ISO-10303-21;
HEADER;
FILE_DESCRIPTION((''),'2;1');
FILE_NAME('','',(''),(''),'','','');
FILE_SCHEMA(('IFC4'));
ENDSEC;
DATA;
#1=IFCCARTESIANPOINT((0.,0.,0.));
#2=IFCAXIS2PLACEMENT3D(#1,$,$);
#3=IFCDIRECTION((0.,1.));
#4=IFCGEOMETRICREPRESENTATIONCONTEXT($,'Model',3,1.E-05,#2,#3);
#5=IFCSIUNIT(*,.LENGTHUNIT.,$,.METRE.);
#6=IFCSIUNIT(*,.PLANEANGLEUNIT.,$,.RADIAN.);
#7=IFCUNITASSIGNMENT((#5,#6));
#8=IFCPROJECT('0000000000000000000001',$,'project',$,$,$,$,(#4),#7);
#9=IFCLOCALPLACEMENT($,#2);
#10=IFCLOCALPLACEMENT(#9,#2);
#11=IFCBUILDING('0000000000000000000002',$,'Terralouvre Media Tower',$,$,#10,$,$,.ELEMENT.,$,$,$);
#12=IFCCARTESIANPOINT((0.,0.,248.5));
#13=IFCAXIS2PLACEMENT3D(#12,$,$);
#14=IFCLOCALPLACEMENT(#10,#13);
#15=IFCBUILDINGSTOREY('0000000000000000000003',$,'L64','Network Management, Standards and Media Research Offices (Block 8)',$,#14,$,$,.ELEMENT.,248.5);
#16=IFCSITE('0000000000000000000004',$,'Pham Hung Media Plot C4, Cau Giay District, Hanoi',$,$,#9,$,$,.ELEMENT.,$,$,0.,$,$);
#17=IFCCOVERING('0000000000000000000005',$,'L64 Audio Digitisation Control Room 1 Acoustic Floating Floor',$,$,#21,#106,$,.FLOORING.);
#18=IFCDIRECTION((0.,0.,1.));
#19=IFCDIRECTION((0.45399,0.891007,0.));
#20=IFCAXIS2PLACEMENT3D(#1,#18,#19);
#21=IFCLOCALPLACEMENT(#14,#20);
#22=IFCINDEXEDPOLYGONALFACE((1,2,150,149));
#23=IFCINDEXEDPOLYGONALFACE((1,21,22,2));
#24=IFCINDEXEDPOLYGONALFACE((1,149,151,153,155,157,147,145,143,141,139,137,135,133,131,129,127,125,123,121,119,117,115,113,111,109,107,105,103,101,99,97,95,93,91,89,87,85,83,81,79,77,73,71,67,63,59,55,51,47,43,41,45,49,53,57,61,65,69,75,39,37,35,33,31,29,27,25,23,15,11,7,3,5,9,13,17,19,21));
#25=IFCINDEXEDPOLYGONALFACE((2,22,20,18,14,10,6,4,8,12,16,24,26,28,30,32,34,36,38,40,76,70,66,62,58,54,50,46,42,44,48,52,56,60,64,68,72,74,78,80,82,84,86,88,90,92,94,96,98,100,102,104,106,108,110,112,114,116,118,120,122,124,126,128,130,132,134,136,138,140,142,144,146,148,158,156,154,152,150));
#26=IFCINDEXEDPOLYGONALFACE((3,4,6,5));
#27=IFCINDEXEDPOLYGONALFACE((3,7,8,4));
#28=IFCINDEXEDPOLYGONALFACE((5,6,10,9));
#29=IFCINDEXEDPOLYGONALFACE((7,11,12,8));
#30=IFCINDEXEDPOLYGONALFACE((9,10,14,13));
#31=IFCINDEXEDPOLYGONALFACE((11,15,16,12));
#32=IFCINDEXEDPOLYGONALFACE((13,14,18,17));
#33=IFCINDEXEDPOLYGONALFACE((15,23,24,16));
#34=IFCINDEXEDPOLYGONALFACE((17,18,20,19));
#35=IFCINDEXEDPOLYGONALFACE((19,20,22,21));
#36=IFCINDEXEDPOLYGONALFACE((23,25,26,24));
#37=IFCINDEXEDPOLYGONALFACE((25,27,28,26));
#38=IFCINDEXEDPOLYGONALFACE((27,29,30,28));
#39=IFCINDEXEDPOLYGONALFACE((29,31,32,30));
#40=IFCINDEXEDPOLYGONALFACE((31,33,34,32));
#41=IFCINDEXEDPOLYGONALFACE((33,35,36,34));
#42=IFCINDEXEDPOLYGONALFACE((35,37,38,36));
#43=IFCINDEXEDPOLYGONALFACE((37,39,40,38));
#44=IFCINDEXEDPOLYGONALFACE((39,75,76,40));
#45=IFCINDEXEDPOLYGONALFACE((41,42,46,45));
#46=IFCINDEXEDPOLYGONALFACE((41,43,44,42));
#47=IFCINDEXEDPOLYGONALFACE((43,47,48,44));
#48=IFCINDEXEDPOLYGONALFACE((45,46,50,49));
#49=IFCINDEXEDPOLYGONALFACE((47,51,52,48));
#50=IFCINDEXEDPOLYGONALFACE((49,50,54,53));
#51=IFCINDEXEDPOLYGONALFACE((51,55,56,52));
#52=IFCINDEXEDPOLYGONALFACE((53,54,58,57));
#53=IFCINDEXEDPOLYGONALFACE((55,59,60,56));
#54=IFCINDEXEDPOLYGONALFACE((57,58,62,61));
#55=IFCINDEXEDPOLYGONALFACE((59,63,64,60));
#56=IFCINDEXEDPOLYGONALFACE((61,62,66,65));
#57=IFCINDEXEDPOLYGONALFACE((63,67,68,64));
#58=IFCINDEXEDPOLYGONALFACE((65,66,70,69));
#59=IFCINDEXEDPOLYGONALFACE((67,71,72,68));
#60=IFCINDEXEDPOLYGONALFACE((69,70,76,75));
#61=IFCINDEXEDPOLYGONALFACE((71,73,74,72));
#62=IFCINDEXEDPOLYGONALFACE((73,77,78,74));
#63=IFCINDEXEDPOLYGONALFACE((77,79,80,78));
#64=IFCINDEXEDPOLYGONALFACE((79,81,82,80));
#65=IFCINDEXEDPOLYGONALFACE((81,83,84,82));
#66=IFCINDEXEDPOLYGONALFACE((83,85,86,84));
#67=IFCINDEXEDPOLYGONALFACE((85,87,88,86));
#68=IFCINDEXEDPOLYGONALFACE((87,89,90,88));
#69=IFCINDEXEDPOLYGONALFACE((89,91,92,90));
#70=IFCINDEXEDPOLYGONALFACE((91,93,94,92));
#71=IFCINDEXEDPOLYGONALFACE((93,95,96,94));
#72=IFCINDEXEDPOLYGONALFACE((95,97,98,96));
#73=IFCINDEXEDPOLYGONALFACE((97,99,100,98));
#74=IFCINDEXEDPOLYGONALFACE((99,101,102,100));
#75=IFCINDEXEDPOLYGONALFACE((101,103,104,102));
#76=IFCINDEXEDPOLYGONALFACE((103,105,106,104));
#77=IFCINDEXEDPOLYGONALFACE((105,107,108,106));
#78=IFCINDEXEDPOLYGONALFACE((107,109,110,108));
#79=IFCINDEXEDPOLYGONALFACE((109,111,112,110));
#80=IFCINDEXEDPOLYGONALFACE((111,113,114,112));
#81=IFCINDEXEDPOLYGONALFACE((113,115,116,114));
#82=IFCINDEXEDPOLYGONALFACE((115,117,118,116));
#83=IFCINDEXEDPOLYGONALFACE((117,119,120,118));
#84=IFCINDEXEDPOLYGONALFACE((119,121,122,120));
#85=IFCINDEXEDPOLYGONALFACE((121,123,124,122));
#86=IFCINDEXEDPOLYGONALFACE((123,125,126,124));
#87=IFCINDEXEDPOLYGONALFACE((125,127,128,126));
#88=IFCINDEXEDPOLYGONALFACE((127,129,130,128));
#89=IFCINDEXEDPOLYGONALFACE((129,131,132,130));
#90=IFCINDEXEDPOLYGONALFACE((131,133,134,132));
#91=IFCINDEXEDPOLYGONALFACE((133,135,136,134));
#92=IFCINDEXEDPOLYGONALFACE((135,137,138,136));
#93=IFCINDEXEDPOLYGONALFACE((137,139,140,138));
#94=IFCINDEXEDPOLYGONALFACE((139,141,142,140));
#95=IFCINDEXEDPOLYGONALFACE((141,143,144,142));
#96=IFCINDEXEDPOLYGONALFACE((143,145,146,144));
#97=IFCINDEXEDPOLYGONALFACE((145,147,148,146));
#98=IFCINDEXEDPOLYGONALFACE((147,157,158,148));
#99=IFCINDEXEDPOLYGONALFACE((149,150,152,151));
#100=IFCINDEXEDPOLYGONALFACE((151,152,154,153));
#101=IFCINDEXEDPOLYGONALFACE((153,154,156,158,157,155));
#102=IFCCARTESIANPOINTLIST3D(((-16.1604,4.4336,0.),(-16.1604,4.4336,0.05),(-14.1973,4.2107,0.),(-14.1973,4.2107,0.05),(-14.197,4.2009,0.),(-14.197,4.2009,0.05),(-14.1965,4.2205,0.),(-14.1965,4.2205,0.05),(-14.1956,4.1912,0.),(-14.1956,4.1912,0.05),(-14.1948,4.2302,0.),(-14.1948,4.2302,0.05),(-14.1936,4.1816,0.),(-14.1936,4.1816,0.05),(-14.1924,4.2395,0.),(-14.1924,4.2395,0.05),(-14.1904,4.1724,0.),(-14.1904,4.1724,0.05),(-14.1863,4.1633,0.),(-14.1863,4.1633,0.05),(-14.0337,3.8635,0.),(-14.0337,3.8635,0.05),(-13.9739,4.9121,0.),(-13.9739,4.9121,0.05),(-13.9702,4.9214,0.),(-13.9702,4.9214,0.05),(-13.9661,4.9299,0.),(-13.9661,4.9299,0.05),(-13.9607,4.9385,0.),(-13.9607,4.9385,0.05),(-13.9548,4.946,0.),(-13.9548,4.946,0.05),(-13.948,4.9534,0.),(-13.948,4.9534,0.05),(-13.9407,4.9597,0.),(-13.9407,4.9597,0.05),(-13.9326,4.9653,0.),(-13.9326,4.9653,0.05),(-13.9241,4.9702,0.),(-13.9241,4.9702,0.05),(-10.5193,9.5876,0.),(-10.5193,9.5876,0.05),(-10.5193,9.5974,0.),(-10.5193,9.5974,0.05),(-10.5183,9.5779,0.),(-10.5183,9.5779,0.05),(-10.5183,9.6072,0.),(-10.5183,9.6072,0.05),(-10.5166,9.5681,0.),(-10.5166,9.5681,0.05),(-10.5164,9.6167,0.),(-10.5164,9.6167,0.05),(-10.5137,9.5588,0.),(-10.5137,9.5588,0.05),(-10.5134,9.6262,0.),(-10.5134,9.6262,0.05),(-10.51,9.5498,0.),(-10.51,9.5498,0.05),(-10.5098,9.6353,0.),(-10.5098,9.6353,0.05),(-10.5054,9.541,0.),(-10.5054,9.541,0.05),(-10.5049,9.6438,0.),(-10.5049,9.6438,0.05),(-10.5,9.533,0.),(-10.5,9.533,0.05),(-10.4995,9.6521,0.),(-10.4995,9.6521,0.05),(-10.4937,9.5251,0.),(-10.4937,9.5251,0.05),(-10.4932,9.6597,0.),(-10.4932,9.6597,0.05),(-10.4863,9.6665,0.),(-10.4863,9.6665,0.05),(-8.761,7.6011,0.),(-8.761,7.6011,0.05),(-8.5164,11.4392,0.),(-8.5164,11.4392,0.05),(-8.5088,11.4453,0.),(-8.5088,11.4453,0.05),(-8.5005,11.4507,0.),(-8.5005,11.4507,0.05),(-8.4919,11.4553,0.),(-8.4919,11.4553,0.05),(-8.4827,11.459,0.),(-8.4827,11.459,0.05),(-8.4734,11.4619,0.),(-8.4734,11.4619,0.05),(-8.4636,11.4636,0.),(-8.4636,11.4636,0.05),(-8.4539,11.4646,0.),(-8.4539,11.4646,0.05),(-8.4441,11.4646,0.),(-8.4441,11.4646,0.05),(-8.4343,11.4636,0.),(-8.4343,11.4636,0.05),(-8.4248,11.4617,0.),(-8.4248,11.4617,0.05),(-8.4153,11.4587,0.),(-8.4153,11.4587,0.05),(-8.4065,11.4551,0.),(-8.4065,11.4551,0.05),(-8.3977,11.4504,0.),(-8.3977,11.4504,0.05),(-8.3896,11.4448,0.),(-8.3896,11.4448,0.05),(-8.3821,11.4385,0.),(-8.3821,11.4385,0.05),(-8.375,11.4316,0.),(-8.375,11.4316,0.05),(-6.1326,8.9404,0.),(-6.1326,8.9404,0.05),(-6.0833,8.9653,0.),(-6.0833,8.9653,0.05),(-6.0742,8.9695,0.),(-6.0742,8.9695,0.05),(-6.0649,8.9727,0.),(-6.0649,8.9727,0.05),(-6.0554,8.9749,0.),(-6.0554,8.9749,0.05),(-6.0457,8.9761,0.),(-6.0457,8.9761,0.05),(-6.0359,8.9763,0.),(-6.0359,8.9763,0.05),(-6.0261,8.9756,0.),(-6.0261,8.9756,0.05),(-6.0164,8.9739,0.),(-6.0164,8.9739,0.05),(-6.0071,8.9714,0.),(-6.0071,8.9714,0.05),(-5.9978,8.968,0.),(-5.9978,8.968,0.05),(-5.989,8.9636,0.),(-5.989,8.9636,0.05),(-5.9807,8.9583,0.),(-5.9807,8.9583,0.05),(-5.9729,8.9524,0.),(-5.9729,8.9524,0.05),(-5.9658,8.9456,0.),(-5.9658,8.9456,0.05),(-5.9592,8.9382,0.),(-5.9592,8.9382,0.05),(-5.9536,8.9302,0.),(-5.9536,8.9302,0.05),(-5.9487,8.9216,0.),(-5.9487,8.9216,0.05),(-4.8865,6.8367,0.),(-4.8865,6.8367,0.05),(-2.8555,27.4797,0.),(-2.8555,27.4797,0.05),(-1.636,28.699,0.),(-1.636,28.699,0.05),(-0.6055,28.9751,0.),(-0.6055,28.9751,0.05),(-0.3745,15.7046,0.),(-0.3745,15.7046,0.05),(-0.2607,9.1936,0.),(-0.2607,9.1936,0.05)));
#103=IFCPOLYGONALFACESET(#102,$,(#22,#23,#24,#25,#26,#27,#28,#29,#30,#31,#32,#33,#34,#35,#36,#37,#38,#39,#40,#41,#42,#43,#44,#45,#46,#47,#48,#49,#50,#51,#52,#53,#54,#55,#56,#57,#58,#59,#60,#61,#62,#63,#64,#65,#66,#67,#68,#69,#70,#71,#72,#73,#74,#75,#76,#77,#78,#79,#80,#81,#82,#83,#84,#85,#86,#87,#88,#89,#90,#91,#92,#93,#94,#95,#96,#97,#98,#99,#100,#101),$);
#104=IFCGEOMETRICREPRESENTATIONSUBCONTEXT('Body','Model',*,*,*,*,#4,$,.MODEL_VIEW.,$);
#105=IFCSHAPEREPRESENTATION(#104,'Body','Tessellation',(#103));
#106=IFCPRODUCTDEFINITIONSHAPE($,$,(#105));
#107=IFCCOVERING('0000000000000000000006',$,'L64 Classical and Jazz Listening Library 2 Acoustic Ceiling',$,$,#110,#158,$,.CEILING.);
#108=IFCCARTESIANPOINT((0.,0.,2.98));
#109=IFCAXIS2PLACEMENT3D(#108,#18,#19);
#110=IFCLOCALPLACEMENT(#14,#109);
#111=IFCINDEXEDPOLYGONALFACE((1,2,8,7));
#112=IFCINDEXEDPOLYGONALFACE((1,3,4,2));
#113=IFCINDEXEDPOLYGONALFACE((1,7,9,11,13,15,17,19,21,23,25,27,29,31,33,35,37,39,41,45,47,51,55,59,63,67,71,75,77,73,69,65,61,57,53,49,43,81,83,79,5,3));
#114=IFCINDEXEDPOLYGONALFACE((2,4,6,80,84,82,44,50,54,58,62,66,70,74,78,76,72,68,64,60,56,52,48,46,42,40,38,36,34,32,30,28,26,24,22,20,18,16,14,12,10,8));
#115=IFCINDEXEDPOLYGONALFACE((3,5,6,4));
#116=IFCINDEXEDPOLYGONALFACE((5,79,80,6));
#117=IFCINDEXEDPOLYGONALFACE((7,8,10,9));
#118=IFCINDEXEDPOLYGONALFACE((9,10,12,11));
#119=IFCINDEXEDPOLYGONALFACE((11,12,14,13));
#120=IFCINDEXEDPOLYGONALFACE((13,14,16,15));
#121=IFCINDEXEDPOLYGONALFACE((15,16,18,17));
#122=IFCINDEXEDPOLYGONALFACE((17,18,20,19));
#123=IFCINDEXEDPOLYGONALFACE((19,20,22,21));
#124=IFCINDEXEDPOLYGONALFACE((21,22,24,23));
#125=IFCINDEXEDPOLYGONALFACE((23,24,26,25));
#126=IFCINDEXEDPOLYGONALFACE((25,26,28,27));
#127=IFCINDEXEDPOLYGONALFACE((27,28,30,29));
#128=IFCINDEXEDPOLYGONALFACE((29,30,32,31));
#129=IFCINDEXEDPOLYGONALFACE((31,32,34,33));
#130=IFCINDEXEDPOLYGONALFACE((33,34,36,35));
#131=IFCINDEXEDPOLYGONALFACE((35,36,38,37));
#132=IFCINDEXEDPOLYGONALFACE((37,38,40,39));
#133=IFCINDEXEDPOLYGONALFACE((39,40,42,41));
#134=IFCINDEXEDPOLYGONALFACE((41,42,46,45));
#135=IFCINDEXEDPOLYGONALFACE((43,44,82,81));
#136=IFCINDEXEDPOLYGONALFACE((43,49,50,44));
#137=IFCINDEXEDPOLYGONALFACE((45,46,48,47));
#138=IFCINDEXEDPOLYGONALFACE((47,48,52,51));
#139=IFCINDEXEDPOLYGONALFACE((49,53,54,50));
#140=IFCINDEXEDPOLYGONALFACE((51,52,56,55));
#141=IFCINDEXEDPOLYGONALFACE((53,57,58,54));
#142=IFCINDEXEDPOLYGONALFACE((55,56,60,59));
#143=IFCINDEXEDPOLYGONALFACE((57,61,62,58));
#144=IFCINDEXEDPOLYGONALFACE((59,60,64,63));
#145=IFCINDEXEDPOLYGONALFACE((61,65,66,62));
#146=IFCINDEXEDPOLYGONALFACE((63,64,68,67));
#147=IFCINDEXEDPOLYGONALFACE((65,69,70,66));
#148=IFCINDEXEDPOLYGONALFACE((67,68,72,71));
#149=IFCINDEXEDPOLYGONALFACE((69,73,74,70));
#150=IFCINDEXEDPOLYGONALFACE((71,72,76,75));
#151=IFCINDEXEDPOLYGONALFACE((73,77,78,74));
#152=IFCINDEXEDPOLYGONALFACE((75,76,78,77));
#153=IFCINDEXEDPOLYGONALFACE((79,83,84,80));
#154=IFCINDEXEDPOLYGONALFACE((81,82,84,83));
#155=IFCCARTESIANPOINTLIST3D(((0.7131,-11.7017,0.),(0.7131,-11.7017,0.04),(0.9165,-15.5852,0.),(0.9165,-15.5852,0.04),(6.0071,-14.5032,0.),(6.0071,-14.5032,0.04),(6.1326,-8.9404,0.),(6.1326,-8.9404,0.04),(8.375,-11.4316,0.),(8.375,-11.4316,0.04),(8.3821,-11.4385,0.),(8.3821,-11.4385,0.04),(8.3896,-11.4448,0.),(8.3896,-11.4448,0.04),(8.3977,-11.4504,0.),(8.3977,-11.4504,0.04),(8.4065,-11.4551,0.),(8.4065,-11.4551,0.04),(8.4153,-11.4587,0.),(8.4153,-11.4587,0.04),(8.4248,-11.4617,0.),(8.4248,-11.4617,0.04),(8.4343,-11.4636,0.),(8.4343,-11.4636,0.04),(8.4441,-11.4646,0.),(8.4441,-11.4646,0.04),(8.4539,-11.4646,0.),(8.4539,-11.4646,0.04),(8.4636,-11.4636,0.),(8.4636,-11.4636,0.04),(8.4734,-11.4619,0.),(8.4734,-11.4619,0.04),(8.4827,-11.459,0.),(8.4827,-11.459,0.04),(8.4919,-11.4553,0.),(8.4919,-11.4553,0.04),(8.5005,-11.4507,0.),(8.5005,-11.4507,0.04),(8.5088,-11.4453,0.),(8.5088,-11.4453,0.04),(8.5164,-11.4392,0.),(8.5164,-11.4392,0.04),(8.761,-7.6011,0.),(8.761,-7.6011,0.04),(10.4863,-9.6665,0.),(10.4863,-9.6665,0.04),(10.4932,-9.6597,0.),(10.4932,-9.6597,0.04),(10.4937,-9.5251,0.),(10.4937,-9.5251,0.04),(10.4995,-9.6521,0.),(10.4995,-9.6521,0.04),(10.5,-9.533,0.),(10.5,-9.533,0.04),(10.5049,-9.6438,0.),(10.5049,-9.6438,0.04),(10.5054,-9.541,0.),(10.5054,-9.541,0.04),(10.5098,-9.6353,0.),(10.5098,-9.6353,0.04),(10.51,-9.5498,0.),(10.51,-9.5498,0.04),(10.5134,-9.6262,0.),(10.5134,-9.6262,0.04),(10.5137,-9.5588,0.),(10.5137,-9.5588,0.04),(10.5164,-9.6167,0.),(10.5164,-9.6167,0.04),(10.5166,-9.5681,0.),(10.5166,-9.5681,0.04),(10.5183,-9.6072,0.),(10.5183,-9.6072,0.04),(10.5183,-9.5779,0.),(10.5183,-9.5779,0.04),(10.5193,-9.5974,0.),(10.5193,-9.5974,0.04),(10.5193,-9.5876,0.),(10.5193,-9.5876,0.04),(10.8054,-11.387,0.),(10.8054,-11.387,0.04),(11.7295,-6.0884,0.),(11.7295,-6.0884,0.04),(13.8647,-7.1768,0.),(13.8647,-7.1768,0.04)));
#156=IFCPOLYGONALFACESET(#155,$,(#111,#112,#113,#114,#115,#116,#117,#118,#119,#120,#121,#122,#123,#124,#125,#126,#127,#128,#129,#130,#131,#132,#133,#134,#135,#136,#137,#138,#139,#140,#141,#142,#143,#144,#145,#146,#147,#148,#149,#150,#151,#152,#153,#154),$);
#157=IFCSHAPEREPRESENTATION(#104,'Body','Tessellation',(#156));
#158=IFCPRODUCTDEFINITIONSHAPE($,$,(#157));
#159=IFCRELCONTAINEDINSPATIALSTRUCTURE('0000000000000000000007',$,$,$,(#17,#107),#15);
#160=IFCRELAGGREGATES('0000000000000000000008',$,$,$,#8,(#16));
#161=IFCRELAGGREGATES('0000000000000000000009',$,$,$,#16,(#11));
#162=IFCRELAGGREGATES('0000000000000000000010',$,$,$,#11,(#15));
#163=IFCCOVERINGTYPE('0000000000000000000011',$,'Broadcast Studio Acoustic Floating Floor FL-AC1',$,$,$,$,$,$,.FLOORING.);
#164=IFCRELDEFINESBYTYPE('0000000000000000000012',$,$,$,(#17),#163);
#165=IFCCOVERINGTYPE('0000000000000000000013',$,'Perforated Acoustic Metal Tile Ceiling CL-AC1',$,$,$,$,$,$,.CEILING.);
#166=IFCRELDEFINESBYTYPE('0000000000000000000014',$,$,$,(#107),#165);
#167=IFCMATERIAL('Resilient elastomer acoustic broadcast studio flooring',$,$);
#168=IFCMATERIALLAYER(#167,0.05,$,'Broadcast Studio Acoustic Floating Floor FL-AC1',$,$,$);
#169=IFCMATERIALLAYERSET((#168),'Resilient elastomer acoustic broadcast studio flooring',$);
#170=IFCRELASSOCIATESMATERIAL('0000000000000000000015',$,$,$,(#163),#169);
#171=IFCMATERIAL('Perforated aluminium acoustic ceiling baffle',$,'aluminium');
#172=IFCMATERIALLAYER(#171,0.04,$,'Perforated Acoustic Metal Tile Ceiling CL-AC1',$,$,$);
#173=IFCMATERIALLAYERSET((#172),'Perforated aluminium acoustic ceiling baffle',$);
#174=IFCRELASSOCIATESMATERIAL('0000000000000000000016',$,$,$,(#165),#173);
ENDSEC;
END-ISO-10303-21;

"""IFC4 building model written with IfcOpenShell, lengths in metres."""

from ifc_helpers import new_model, si_unit, direction, frame, origin, place, context, subcontext, project, spatial, polyline, outline, extrude, material, layer, layer_set, type_object, element, save


model = new_model("IFC4")

# Units and contexts
model_context = context("Model", 3, precision=1e-05, world=origin(), true_north=direction((0.0, 1.0)))
body_context = subcontext(model_context, "Body", "Model", "MODEL_VIEW")
ifc_project = project(units=[si_unit("LENGTHUNIT", "METRE"), si_unit("PLANEANGLEUNIT", "RADIAN")], contexts=[model_context])

# Site, building, storey
site_placement = place(None, origin())
site = spatial("IfcSite", under=ifc_project, at=site_placement, Name="Pham Hung Media Plot C4, Cau Giay District, Hanoi", CompositionType="ELEMENT", RefElevation=0.0)
building_placement = place(site_placement, origin())
building = spatial("IfcBuilding", under=site, at=building_placement, Name="Terralouvre Media Tower", CompositionType="ELEMENT")
storey_placement = place(building_placement, frame((0.0, 0.0, 248.5)))
storey = spatial("IfcBuildingStorey", under=building, at=storey_placement, Name="L64", Description="Network Management, Standards and Media Research Offices (Block 8)", CompositionType="ELEMENT", Elevation=248.5)

# Coverings
ifc_material_1 = material(Name="Resilient elastomer acoustic broadcast studio flooring")
ifc_layer_1 = layer(ifc_material_1, 0.05, Name="Broadcast Studio Acoustic Floating Floor FL-AC1")
ifc_layer_set_1 = layer_set([ifc_layer_1], Name="Resilient elastomer acoustic broadcast studio flooring")
covering_type_1 = type_object("IfcCoveringType", Name="Broadcast Studio Acoustic Floating Floor FL-AC1", PredefinedType="FLOORING", material=ifc_layer_set_1)
covering_1_placement = place(storey_placement, frame((0.0, 0.0, 0.0), z_axis=(0.0, 0.0, 1.0), x_axis=(0.45399, 0.891007, 0.0)))
element("IfcCovering", 1, at=covering_1_placement, inside=storey, type_object=covering_type_1, Name="L64 Audio Digitisation Control Room 1 Acoustic Floating Floor", PredefinedType="FLOORING", context=body_context, shape_type="SweptSolid", body=[
    extrude(outline(polyline([(-14.0337, 3.8635), (-14.1863, 4.1633), (-14.1904, 4.1724), (-14.1936, 4.1816), (-14.1956, 4.1912), (-14.197, 4.2009), (-14.1973, 4.2107), (-14.1965, 4.2205), (-14.1948, 4.2302), (-14.1924, 4.2395), (-13.9739, 4.9121), (-13.9702, 4.9214), (-13.9661, 4.9299), (-13.9607, 4.9385), (-13.9548, 4.946), (-13.948, 4.9534), (-13.9407, 4.9597), (-13.9326, 4.9653), (-13.9241, 4.9702), (-8.761, 7.6011), (-10.4937, 9.5251), (-10.5, 9.533), (-10.5054, 9.541), (-10.51, 9.5498), (-10.5137, 9.5588), (-10.5166, 9.5681), (-10.5183, 9.5779), (-10.5193, 9.5876), (-10.5193, 9.5974), (-10.5183, 9.6072), (-10.5164, 9.6167), (-10.5134, 9.6262), (-10.5098, 9.6353), (-10.5049, 9.6438), (-10.4995, 9.6521), (-10.4932, 9.6597), (-10.4863, 9.6665), (-8.5164, 11.4392), (-8.5088, 11.4453), (-8.5005, 11.4507), (-8.4919, 11.4553), (-8.4827, 11.459), (-8.4734, 11.4619), (-8.4636, 11.4636), (-8.4539, 11.4646), (-8.4441, 11.4646), (-8.4343, 11.4636), (-8.4248, 11.4617), (-8.4153, 11.4587), (-8.4065, 11.4551), (-8.3977, 11.4504), (-8.3896, 11.4448), (-8.3821, 11.4385), (-8.375, 11.4316), (-6.1326, 8.9404), (-6.0833, 8.9653), (-6.0742, 8.9695), (-6.0649, 8.9727), (-6.0554, 8.9749), (-6.0457, 8.9761), (-6.0359, 8.9763), (-6.0261, 8.9756), (-6.0164, 8.9739), (-6.0071, 8.9714), (-5.9978, 8.968), (-5.989, 8.9636), (-5.9807, 8.9583), (-5.9729, 8.9524), (-5.9658, 8.9456), (-5.9592, 8.9382), (-5.9536, 8.9302), (-5.9487, 8.9216), (-4.8865, 6.8367), (-0.2607, 9.1936), (-0.3745, 15.7046), (-0.6055, 28.9751), (-1.636, 28.699), (-2.8555, 27.4797), (-16.1604, 4.4336), (-14.0337, 3.8635)])), origin(), (0.0, 0.0, 1.0), 0.05),
])
ifc_material_2 = material(Name="Perforated aluminium acoustic ceiling baffle", Category="aluminium")
ifc_layer_2 = layer(ifc_material_2, 0.04, Name="Perforated Acoustic Metal Tile Ceiling CL-AC1")
ifc_layer_set_2 = layer_set([ifc_layer_2], Name="Perforated aluminium acoustic ceiling baffle")
covering_type_2 = type_object("IfcCoveringType", Name="Perforated Acoustic Metal Tile Ceiling CL-AC1", PredefinedType="CEILING", material=ifc_layer_set_2)
covering_2_placement = place(storey_placement, frame((0.0, 0.0, 2.98), z_axis=(0.0, 0.0, 1.0), x_axis=(0.45399, 0.891007, 0.0)))
element("IfcCovering", 2, at=covering_2_placement, inside=storey, type_object=covering_type_2, Name="L64 Classical and Jazz Listening Library 2 Acoustic Ceiling", PredefinedType="CEILING", context=body_context, shape_type="SweptSolid", body=[
    extrude(outline(polyline([(6.0071, -14.5032), (10.8054, -11.387), (13.8647, -7.1768), (11.7295, -6.0884), (8.761, -7.6011), (10.4937, -9.5251), (10.5, -9.533), (10.5054, -9.541), (10.51, -9.5498), (10.5137, -9.5588), (10.5166, -9.5681), (10.5183, -9.5779), (10.5193, -9.5876), (10.5193, -9.5974), (10.5183, -9.6072), (10.5164, -9.6167), (10.5134, -9.6262), (10.5098, -9.6353), (10.5049, -9.6438), (10.4995, -9.6521), (10.4932, -9.6597), (10.4863, -9.6665), (8.5164, -11.4392), (8.5088, -11.4453), (8.5005, -11.4507), (8.4919, -11.4553), (8.4827, -11.459), (8.4734, -11.4619), (8.4636, -11.4636), (8.4539, -11.4646), (8.4441, -11.4646), (8.4343, -11.4636), (8.4248, -11.4617), (8.4153, -11.4587), (8.4065, -11.4551), (8.3977, -11.4504), (8.3896, -11.4448), (8.3821, -11.4385), (8.375, -11.4316), (6.1326, -8.9404), (0.7131, -11.7017), (0.9165, -15.5852), (6.0071, -14.5032)])), origin(), (0.0, 0.0, 1.0), 0.04),
])

save(model, "model.ifc")
